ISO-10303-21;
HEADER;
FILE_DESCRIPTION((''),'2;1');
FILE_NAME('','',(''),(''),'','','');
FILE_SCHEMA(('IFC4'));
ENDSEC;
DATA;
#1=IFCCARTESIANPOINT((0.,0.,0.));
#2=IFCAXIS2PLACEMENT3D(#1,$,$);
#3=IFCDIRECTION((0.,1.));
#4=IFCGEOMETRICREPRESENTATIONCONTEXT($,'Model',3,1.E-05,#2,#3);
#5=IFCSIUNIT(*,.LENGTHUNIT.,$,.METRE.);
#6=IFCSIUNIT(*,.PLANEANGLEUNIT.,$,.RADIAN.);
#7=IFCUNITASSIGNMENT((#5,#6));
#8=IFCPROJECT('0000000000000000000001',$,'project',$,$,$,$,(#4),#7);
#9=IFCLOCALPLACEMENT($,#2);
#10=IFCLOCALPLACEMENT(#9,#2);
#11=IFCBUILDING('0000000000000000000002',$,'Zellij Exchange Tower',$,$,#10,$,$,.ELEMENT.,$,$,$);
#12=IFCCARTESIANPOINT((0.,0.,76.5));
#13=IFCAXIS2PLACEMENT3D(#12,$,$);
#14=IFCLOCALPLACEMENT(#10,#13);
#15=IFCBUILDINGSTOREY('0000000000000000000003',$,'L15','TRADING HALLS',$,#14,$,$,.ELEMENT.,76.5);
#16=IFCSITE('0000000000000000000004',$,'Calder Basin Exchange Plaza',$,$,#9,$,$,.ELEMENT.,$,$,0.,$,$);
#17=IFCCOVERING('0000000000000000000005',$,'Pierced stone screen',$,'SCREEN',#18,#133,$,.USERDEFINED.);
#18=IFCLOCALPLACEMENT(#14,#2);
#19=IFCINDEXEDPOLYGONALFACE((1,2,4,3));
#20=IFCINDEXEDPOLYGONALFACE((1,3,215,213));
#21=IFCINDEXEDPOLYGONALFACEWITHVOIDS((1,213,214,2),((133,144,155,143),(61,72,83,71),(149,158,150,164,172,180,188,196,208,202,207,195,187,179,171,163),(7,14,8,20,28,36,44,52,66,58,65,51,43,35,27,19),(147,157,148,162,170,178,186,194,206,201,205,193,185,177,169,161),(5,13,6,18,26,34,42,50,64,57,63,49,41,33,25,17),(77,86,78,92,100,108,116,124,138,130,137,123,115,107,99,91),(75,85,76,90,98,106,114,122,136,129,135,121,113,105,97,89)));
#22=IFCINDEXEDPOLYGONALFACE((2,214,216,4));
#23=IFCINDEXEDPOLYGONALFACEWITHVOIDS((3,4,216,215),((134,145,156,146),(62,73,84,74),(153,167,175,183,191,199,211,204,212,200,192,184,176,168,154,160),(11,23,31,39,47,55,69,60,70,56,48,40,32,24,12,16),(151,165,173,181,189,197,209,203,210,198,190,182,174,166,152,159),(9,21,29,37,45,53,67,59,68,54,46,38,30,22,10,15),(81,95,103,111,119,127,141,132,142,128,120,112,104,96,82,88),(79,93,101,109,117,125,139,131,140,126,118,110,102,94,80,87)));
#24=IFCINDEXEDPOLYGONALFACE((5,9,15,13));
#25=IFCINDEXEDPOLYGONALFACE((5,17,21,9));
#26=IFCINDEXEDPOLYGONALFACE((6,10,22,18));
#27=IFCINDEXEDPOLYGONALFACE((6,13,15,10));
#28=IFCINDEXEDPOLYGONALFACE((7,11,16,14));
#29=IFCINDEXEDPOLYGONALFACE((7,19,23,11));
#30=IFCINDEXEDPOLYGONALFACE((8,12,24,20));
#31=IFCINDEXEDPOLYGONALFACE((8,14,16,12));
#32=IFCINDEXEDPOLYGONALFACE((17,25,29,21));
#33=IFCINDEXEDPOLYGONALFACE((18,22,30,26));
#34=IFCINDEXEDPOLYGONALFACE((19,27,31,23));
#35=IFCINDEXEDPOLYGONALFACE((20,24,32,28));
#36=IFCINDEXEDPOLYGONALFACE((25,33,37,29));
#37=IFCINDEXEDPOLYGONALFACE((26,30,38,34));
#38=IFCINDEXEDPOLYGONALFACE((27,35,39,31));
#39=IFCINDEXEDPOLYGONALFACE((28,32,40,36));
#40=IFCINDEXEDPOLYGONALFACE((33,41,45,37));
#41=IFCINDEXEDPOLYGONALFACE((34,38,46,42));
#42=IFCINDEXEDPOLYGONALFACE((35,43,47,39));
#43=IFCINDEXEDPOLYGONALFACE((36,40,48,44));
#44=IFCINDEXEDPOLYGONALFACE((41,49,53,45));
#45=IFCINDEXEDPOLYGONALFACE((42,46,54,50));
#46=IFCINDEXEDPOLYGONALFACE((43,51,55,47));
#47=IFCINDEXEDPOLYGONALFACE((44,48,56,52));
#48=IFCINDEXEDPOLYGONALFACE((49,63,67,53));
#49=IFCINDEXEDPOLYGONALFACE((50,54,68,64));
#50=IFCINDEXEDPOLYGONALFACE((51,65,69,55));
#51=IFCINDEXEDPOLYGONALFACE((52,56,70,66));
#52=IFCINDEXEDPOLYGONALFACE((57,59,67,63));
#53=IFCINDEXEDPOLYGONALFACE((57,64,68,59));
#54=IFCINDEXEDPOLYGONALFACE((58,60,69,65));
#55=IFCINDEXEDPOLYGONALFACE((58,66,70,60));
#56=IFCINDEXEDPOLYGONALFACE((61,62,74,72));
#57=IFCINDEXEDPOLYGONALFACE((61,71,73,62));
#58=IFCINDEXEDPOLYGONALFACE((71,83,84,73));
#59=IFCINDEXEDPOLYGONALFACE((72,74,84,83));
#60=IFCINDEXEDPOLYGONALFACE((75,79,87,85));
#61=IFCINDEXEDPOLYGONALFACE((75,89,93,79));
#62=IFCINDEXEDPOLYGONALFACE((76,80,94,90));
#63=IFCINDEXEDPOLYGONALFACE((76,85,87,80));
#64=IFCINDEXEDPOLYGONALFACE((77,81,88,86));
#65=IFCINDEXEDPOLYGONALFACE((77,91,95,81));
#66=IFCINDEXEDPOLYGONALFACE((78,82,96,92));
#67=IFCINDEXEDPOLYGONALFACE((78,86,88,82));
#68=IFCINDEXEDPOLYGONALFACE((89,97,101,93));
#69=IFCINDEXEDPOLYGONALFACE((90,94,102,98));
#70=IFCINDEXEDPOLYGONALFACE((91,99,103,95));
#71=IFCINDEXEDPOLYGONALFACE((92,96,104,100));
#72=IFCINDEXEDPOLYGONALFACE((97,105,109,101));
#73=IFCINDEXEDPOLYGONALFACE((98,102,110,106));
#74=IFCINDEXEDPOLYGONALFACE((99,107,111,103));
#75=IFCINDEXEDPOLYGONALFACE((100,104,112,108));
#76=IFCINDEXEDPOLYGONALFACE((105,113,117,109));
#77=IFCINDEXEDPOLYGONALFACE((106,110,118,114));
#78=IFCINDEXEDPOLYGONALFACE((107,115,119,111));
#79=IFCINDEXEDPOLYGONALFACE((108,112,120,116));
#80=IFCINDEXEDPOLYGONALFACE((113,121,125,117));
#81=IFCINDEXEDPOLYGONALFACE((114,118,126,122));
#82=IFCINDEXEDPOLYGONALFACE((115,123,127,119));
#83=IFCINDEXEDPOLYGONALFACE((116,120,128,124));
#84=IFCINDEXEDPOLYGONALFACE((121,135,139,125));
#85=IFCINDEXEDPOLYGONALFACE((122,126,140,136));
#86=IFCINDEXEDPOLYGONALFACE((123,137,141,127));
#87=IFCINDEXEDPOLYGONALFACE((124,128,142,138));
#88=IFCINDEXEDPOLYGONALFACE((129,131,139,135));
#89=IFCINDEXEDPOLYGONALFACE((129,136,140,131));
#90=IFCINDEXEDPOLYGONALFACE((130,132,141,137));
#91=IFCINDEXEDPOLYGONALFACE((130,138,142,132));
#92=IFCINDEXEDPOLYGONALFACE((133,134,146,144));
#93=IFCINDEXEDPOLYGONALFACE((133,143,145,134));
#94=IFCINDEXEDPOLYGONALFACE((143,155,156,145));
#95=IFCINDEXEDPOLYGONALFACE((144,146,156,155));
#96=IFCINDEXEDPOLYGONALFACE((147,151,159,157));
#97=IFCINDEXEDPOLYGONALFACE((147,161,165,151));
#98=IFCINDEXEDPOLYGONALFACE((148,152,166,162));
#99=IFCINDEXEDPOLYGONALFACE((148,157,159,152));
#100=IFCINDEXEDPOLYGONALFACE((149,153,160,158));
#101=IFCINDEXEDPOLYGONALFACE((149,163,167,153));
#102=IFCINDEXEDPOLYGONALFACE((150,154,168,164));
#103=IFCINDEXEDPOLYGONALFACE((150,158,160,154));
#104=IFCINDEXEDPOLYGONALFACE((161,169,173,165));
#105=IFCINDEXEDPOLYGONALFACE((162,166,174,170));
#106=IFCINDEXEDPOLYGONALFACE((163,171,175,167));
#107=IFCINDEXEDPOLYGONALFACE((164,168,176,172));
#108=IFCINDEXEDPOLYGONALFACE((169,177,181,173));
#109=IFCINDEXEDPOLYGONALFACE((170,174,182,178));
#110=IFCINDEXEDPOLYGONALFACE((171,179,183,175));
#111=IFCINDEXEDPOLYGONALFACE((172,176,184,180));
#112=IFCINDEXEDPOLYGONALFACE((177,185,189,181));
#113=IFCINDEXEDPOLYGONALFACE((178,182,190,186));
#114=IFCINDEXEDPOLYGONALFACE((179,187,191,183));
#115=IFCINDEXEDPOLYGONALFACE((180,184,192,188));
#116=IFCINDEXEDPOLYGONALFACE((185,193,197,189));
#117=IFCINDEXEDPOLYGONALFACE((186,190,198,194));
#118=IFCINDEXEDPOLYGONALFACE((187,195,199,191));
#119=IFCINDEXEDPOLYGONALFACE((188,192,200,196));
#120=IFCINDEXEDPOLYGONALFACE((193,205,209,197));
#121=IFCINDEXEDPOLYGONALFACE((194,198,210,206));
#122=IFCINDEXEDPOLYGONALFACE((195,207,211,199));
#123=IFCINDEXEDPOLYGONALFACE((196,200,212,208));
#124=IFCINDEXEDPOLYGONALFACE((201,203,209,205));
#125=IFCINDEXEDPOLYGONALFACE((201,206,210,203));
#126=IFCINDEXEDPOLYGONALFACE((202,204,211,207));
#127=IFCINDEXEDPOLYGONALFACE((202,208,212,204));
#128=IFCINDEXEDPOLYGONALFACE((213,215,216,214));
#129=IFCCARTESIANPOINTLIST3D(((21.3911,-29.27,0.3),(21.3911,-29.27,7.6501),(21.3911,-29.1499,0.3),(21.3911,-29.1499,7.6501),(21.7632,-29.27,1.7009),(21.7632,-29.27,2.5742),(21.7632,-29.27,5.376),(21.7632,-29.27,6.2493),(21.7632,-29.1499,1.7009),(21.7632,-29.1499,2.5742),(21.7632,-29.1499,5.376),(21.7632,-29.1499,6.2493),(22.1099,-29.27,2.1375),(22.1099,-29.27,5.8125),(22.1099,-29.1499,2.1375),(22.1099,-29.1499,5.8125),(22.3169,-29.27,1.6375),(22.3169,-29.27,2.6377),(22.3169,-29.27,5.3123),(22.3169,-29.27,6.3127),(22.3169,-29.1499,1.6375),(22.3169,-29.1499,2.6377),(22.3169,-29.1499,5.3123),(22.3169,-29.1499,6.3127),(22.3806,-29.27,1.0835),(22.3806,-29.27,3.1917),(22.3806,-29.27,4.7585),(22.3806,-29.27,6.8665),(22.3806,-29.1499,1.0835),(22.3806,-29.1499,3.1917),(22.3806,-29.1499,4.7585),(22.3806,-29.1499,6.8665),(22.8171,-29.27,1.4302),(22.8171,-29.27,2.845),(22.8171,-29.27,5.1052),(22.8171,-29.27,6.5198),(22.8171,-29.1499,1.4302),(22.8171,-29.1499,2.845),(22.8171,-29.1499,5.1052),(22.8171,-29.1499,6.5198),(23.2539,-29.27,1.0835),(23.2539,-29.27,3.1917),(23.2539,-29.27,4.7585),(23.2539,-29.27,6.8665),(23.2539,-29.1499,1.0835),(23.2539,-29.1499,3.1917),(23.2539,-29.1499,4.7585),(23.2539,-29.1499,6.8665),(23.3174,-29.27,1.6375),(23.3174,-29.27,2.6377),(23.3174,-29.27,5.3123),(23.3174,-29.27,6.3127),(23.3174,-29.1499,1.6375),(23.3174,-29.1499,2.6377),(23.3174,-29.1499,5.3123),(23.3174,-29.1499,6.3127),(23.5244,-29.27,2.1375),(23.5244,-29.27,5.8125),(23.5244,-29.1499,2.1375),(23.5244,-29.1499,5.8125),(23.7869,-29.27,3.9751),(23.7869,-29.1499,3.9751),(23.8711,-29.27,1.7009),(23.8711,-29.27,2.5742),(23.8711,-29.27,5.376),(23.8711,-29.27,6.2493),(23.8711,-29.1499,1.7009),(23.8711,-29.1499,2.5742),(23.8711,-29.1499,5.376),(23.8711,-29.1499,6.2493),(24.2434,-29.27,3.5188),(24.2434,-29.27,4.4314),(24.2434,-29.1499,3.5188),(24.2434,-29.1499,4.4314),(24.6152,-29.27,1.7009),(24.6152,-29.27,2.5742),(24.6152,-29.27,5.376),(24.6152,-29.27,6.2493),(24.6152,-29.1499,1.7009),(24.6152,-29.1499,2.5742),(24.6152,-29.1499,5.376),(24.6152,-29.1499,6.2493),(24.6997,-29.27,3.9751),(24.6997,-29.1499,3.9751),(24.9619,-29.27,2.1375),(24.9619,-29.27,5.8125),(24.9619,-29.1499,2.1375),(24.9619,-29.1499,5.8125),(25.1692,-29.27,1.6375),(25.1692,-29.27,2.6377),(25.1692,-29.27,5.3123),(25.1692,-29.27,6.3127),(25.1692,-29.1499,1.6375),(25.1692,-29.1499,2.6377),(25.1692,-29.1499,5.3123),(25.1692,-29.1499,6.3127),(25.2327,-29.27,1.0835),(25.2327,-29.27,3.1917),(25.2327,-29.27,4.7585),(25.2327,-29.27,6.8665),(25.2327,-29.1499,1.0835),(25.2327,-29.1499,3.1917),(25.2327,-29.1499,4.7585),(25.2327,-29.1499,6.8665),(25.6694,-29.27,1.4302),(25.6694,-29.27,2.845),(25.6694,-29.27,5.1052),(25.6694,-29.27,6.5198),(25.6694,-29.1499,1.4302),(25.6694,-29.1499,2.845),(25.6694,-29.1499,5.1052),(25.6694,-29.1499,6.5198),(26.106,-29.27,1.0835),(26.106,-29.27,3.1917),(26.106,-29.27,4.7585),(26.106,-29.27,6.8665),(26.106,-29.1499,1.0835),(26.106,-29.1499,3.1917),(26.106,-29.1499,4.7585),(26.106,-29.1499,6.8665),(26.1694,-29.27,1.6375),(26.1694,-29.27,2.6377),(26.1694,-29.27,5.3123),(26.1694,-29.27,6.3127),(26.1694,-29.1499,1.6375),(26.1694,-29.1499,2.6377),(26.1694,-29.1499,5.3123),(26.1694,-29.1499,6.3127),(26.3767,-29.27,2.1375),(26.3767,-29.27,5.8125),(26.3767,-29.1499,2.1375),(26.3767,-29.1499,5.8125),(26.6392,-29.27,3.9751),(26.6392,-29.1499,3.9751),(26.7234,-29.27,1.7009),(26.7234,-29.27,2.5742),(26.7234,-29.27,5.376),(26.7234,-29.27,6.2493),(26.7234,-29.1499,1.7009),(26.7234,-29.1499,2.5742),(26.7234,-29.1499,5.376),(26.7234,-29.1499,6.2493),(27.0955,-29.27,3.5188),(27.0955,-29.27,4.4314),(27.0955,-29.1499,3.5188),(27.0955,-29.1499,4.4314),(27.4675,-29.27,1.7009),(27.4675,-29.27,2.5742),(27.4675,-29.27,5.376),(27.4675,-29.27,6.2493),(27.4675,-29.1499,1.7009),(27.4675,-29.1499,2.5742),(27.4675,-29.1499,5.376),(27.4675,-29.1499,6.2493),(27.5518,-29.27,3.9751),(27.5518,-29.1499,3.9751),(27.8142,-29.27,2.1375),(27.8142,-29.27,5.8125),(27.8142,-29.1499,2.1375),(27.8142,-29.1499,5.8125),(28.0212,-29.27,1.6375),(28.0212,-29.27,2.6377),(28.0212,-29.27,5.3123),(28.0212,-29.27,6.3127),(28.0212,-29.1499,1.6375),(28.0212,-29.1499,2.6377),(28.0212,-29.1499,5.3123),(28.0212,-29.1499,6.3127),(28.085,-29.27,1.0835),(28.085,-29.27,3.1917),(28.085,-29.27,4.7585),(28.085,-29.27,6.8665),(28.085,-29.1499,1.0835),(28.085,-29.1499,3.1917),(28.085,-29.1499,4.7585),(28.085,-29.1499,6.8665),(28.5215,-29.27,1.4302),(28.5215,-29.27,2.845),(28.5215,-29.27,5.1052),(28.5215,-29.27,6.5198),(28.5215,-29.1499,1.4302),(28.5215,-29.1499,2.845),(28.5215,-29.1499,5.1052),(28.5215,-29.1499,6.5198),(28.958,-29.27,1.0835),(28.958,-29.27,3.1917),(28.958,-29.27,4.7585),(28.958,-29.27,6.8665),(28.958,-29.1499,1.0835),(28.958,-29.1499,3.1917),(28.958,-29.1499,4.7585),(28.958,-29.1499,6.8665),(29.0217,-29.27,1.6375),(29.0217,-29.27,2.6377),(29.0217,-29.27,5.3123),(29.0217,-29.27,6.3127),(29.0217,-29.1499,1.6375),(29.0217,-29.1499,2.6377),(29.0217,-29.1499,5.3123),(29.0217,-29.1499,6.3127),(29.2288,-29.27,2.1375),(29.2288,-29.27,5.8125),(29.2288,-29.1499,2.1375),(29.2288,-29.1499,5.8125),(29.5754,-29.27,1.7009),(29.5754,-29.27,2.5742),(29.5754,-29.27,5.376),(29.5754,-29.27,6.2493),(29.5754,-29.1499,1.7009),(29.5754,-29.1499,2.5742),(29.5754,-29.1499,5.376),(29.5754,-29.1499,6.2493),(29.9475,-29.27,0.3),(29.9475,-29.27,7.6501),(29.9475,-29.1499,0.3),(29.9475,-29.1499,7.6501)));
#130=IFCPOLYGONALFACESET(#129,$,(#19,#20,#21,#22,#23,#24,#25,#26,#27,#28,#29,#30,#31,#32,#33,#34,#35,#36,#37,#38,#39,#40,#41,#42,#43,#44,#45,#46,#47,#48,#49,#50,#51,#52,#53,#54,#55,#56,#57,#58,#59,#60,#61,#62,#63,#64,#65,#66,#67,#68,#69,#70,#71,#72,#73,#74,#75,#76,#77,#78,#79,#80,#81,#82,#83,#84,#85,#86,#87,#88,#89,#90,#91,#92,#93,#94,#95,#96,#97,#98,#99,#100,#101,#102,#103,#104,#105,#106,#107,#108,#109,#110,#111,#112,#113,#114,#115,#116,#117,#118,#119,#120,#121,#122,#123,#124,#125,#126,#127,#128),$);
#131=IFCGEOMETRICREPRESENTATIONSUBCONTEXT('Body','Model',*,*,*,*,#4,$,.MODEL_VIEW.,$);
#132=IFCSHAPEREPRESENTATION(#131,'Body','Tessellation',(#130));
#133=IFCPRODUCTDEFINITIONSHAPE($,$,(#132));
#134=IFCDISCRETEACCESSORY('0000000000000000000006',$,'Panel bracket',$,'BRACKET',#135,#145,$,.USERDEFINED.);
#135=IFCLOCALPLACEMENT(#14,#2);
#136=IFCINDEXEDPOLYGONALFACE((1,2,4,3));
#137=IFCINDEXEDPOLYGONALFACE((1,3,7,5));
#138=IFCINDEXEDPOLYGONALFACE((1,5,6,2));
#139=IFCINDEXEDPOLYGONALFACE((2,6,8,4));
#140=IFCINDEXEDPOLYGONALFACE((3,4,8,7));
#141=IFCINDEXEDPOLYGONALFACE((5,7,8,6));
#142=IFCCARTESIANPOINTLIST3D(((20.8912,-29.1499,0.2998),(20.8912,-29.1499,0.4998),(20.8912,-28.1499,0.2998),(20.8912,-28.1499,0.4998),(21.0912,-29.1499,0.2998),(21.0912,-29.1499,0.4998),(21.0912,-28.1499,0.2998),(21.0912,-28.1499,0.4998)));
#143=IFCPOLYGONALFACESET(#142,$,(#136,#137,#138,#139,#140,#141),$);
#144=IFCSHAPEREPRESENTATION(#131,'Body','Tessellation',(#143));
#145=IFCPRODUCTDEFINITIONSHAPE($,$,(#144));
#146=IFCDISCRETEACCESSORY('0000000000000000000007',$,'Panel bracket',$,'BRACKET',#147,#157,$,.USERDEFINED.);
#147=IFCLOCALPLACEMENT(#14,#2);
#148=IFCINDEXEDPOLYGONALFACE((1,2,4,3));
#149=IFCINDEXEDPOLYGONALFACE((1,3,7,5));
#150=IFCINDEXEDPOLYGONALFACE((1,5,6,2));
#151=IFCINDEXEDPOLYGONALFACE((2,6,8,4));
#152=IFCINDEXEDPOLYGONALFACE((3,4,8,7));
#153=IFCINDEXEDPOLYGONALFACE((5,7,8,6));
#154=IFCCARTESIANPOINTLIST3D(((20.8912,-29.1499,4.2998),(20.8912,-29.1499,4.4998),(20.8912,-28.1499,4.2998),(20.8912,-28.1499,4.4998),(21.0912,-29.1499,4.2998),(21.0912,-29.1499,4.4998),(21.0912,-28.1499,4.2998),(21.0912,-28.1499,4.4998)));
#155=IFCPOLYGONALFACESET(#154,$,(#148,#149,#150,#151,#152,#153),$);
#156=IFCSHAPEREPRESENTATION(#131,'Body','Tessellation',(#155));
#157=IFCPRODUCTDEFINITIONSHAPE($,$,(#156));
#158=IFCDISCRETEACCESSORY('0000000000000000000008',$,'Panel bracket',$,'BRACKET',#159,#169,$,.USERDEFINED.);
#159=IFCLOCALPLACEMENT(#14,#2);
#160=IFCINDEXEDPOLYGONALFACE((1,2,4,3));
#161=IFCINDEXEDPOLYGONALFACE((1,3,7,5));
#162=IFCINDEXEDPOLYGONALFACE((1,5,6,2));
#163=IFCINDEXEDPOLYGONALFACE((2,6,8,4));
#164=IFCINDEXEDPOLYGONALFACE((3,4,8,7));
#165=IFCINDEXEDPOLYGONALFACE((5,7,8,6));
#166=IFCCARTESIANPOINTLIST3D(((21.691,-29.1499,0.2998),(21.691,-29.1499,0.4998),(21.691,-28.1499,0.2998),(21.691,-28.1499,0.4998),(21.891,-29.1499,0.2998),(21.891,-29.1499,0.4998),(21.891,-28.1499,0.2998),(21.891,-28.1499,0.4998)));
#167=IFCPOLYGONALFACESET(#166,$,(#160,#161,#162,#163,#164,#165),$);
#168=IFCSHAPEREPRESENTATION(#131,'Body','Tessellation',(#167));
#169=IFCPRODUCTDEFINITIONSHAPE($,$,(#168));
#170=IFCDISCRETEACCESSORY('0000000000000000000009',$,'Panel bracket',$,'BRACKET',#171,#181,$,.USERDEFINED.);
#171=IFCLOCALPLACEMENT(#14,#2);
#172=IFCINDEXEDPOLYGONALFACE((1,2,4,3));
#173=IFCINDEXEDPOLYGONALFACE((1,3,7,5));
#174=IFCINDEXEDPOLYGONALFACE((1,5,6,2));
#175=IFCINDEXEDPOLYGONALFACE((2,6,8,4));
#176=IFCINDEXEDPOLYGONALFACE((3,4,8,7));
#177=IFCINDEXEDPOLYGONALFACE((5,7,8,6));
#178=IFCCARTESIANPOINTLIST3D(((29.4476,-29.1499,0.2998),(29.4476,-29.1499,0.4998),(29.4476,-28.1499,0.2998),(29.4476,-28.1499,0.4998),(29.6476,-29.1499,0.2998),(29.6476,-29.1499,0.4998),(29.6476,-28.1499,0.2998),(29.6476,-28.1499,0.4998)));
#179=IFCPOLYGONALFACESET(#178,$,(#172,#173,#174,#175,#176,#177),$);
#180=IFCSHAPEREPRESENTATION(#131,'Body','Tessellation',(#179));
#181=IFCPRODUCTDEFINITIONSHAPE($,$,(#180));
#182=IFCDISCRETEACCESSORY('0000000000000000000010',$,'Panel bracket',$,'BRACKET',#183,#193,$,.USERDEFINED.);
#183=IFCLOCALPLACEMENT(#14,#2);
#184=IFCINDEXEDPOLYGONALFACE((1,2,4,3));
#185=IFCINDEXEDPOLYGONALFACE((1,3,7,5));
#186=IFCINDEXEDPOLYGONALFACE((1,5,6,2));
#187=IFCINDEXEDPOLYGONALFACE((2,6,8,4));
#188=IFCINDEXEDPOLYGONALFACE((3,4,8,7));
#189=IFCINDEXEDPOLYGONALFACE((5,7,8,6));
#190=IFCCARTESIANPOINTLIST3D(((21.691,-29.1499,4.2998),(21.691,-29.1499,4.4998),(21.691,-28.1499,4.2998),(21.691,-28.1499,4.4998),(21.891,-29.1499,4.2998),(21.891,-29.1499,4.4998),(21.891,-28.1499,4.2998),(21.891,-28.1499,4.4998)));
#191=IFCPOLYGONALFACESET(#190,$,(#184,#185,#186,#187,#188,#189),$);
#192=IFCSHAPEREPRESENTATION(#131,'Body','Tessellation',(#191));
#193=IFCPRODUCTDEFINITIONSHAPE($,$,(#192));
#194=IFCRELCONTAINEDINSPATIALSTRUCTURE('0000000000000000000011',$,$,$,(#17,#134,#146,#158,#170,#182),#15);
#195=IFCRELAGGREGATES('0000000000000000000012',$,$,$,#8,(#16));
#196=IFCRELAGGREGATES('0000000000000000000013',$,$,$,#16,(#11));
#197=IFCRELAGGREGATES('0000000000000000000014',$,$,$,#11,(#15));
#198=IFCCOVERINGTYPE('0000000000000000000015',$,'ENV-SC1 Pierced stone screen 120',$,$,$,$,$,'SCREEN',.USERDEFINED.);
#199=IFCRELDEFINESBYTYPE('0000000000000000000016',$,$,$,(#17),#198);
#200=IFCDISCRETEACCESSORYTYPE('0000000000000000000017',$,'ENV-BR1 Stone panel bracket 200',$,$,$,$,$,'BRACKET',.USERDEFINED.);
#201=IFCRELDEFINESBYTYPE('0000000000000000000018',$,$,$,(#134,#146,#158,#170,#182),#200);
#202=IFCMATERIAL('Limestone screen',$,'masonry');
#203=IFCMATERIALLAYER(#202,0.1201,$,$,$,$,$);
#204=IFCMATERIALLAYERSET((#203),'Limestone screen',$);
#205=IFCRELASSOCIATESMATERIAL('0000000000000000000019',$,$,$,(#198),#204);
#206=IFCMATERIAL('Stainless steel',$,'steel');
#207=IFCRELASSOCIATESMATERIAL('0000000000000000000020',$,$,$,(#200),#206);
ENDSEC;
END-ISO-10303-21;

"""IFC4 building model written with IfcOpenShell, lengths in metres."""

from ifc_helpers import new_model, si_unit, direction, frame, origin, origin_2d, place, context, subcontext, project, spatial, polyline, rectangle, outline, extrude, material, layer, layer_set, type_object, element, save


model = new_model("IFC4")

# Units and contexts
model_context = context("Model", 3, precision=1e-05, world=origin(), true_north=direction((0.0, 1.0)))
body_context = subcontext(model_context, "Body", "Model", "MODEL_VIEW")
ifc_project = project(units=[si_unit("LENGTHUNIT", "METRE"), si_unit("PLANEANGLEUNIT", "RADIAN")], contexts=[model_context])

# Site, building, storey
site_placement = place(None, origin())
site = spatial("IfcSite", under=ifc_project, at=site_placement, Name="Calder Basin Exchange Plaza", CompositionType="ELEMENT", RefElevation=0.0)
building_placement = place(site_placement, origin())
building = spatial("IfcBuilding", under=site, at=building_placement, Name="Zellij Exchange Tower", CompositionType="ELEMENT")
storey_placement = place(building_placement, frame((0.0, 0.0, 76.5)))
storey = spatial("IfcBuildingStorey", under=building, at=storey_placement, Name="L15", Description="TRADING HALLS", CompositionType="ELEMENT", Elevation=76.5)

# Covering
ifc_material_1 = material(Name="Limestone screen", Category="masonry")
ifc_layer = layer(ifc_material_1, 0.1201)
ifc_layer_set = layer_set([ifc_layer], Name="Limestone screen")
covering_type = type_object("IfcCoveringType", Name="ENV-SC1 Pierced stone screen 120", ElementType="SCREEN", PredefinedType="USERDEFINED", material=ifc_layer_set)
covering_placement = place(storey_placement, frame((21.3911, -29.21, 0.3), z_axis=(0.0, 0.0, 1.0), x_axis=(1.0, 0.0, 0.0)))
element("IfcCovering", 1, at=covering_placement, inside=storey, type_object=covering_type, Name="Pierced stone screen", ObjectType="SCREEN", PredefinedType="USERDEFINED", context=body_context, shape_type="SweptSolid", body=[
    extrude(outline(polyline([(0.0, 0.0), (8.5564, 0.0), (8.5564, 7.3501), (0.0, 7.3501), (0.0, 0.0)]), holes=[polyline([(2.48, 2.2742), (1.9263, 2.3376), (1.8628, 2.8916), (1.426, 2.5449), (0.9895, 2.8916), (0.9258, 2.3376), (0.3721, 2.2742), (0.7188, 1.8374), (0.3721, 1.4009), (0.9258, 1.3374), (0.9895, 0.7834), (1.426, 1.1301), (1.8628, 0.7834), (1.9263, 1.3374), (2.48, 1.4009), (2.1333, 1.8374), (2.48, 2.2742)]), polyline([(2.48, 5.9492), (1.9263, 6.0127), (1.8628, 6.5664), (1.426, 6.2197), (0.9895, 6.5664), (0.9258, 6.0127), (0.3721, 5.9492), (0.7188, 5.5125), (0.3721, 5.0759), (0.9258, 5.0122), (0.9895, 4.4585), (1.426, 4.8052), (1.8628, 4.4585), (1.9263, 5.0122), (2.48, 5.0759), (2.1333, 5.5125), (2.48, 5.9492)]), polyline([(5.3323, 2.2742), (4.7783, 2.3376), (4.7148, 2.8916), (4.2783, 2.5449), (3.8416, 2.8916), (3.7781, 2.3376), (3.2241, 2.2742), (3.5708, 1.8374), (3.2241, 1.4009), (3.7781, 1.3374), (3.8416, 0.7834), (4.2783, 1.1301), (4.7148, 0.7834), (4.7783, 1.3374), (5.3323, 1.4009), (4.9856, 1.8374), (5.3323, 2.2742)]), polyline([(5.3323, 5.9492), (4.7783, 6.0127), (4.7148, 6.5664), (4.2783, 6.2197), (3.8416, 6.5664), (3.7781, 6.0127), (3.2241, 5.9492), (3.5708, 5.5125), (3.2241, 5.0759), (3.7781, 5.0122), (3.8416, 4.4585), (4.2783, 4.8052), (4.7148, 4.4585), (4.7783, 5.0122), (5.3323, 5.0759), (4.9856, 5.5125), (5.3323, 5.9492)]), polyline([(8.1843, 2.2742), (7.6306, 2.3376), (7.5669, 2.8916), (7.1304, 2.5449), (6.6938, 2.8916), (6.6301, 2.3376), (6.0764, 2.2742), (6.4231, 1.8374), (6.0764, 1.4009), (6.6301, 1.3374), (6.6938, 0.7834), (7.1304, 1.1301), (7.5669, 0.7834), (7.6306, 1.3374), (8.1843, 1.4009), (7.8376, 1.8374), (8.1843, 2.2742)]), polyline([(8.1843, 5.9492), (7.6306, 6.0127), (7.5669, 6.5664), (7.1304, 6.2197), (6.6938, 6.5664), (6.6301, 6.0127), (6.0764, 5.9492), (6.4231, 5.5125), (6.0764, 5.0759), (6.6301, 5.0122), (6.6938, 4.4585), (7.1304, 4.8052), (7.5669, 4.4585), (7.6306, 5.0122), (8.1843, 5.0759), (7.8376, 5.5125), (8.1843, 5.9492)]), polyline([(3.3086, 3.675), (2.8523, 4.1313), (2.3958, 3.675), (2.8523, 3.2188), (3.3086, 3.675)]), polyline([(6.1606, 3.675), (5.7043, 4.1313), (5.248, 3.675), (5.7043, 3.2188), (6.1606, 3.675)])]), frame((0.0, 0.0601, 0.0), z_axis=(0.0, -1.0, 0.0), x_axis=(1.0, 0.0, 0.0)), (0.0, 0.0, 1.0), 0.1201),
])

# Discrete accessories
ifc_material_2 = material(Name="Stainless steel", Category="steel")
discrete_accessory_type = type_object("IfcDiscreteAccessoryType", Name="ENV-BR1 Stone panel bracket 200", ElementType="BRACKET", PredefinedType="USERDEFINED", material=ifc_material_2)
for number, where, z_axis, x_axis, name in (
    (2, (20.9912, -28.6499, 0.2998), (0.0, 0.0, 1.0), (1.0, 0.0, 0.0), "Panel bracket"),
    (3, (20.9912, -28.6499, 4.2998), (0.0, 0.0, 1.0), (1.0, 0.0, 0.0), "Panel bracket"),
    (4, (21.791, -28.6499, 0.2998), (0.0, 0.0, 1.0), (1.0, 0.0, 0.0), "Panel bracket"),
    (5, (29.5476, -28.6499, 0.2998), (0.0, 0.0, 1.0), (1.0, 0.0, 0.0), "Panel bracket"),
    (6, (21.791, -28.6499, 4.2998), (0.0, 0.0, 1.0), (1.0, 0.0, 0.0), "Panel bracket"),
):
    element("IfcDiscreteAccessory", number, at=place(storey_placement, frame(where, z_axis=z_axis, x_axis=x_axis)), inside=storey, type_object=discrete_accessory_type, Name=name, ObjectType="BRACKET", PredefinedType="USERDEFINED", context=body_context, shape_type="SweptSolid", body=[
        extrude(rectangle(XDim=0.2, YDim=1.0, at=origin_2d()), origin(), (0.0, 0.0, 1.0), 0.2),
    ])

save(model, "model.ifc")
